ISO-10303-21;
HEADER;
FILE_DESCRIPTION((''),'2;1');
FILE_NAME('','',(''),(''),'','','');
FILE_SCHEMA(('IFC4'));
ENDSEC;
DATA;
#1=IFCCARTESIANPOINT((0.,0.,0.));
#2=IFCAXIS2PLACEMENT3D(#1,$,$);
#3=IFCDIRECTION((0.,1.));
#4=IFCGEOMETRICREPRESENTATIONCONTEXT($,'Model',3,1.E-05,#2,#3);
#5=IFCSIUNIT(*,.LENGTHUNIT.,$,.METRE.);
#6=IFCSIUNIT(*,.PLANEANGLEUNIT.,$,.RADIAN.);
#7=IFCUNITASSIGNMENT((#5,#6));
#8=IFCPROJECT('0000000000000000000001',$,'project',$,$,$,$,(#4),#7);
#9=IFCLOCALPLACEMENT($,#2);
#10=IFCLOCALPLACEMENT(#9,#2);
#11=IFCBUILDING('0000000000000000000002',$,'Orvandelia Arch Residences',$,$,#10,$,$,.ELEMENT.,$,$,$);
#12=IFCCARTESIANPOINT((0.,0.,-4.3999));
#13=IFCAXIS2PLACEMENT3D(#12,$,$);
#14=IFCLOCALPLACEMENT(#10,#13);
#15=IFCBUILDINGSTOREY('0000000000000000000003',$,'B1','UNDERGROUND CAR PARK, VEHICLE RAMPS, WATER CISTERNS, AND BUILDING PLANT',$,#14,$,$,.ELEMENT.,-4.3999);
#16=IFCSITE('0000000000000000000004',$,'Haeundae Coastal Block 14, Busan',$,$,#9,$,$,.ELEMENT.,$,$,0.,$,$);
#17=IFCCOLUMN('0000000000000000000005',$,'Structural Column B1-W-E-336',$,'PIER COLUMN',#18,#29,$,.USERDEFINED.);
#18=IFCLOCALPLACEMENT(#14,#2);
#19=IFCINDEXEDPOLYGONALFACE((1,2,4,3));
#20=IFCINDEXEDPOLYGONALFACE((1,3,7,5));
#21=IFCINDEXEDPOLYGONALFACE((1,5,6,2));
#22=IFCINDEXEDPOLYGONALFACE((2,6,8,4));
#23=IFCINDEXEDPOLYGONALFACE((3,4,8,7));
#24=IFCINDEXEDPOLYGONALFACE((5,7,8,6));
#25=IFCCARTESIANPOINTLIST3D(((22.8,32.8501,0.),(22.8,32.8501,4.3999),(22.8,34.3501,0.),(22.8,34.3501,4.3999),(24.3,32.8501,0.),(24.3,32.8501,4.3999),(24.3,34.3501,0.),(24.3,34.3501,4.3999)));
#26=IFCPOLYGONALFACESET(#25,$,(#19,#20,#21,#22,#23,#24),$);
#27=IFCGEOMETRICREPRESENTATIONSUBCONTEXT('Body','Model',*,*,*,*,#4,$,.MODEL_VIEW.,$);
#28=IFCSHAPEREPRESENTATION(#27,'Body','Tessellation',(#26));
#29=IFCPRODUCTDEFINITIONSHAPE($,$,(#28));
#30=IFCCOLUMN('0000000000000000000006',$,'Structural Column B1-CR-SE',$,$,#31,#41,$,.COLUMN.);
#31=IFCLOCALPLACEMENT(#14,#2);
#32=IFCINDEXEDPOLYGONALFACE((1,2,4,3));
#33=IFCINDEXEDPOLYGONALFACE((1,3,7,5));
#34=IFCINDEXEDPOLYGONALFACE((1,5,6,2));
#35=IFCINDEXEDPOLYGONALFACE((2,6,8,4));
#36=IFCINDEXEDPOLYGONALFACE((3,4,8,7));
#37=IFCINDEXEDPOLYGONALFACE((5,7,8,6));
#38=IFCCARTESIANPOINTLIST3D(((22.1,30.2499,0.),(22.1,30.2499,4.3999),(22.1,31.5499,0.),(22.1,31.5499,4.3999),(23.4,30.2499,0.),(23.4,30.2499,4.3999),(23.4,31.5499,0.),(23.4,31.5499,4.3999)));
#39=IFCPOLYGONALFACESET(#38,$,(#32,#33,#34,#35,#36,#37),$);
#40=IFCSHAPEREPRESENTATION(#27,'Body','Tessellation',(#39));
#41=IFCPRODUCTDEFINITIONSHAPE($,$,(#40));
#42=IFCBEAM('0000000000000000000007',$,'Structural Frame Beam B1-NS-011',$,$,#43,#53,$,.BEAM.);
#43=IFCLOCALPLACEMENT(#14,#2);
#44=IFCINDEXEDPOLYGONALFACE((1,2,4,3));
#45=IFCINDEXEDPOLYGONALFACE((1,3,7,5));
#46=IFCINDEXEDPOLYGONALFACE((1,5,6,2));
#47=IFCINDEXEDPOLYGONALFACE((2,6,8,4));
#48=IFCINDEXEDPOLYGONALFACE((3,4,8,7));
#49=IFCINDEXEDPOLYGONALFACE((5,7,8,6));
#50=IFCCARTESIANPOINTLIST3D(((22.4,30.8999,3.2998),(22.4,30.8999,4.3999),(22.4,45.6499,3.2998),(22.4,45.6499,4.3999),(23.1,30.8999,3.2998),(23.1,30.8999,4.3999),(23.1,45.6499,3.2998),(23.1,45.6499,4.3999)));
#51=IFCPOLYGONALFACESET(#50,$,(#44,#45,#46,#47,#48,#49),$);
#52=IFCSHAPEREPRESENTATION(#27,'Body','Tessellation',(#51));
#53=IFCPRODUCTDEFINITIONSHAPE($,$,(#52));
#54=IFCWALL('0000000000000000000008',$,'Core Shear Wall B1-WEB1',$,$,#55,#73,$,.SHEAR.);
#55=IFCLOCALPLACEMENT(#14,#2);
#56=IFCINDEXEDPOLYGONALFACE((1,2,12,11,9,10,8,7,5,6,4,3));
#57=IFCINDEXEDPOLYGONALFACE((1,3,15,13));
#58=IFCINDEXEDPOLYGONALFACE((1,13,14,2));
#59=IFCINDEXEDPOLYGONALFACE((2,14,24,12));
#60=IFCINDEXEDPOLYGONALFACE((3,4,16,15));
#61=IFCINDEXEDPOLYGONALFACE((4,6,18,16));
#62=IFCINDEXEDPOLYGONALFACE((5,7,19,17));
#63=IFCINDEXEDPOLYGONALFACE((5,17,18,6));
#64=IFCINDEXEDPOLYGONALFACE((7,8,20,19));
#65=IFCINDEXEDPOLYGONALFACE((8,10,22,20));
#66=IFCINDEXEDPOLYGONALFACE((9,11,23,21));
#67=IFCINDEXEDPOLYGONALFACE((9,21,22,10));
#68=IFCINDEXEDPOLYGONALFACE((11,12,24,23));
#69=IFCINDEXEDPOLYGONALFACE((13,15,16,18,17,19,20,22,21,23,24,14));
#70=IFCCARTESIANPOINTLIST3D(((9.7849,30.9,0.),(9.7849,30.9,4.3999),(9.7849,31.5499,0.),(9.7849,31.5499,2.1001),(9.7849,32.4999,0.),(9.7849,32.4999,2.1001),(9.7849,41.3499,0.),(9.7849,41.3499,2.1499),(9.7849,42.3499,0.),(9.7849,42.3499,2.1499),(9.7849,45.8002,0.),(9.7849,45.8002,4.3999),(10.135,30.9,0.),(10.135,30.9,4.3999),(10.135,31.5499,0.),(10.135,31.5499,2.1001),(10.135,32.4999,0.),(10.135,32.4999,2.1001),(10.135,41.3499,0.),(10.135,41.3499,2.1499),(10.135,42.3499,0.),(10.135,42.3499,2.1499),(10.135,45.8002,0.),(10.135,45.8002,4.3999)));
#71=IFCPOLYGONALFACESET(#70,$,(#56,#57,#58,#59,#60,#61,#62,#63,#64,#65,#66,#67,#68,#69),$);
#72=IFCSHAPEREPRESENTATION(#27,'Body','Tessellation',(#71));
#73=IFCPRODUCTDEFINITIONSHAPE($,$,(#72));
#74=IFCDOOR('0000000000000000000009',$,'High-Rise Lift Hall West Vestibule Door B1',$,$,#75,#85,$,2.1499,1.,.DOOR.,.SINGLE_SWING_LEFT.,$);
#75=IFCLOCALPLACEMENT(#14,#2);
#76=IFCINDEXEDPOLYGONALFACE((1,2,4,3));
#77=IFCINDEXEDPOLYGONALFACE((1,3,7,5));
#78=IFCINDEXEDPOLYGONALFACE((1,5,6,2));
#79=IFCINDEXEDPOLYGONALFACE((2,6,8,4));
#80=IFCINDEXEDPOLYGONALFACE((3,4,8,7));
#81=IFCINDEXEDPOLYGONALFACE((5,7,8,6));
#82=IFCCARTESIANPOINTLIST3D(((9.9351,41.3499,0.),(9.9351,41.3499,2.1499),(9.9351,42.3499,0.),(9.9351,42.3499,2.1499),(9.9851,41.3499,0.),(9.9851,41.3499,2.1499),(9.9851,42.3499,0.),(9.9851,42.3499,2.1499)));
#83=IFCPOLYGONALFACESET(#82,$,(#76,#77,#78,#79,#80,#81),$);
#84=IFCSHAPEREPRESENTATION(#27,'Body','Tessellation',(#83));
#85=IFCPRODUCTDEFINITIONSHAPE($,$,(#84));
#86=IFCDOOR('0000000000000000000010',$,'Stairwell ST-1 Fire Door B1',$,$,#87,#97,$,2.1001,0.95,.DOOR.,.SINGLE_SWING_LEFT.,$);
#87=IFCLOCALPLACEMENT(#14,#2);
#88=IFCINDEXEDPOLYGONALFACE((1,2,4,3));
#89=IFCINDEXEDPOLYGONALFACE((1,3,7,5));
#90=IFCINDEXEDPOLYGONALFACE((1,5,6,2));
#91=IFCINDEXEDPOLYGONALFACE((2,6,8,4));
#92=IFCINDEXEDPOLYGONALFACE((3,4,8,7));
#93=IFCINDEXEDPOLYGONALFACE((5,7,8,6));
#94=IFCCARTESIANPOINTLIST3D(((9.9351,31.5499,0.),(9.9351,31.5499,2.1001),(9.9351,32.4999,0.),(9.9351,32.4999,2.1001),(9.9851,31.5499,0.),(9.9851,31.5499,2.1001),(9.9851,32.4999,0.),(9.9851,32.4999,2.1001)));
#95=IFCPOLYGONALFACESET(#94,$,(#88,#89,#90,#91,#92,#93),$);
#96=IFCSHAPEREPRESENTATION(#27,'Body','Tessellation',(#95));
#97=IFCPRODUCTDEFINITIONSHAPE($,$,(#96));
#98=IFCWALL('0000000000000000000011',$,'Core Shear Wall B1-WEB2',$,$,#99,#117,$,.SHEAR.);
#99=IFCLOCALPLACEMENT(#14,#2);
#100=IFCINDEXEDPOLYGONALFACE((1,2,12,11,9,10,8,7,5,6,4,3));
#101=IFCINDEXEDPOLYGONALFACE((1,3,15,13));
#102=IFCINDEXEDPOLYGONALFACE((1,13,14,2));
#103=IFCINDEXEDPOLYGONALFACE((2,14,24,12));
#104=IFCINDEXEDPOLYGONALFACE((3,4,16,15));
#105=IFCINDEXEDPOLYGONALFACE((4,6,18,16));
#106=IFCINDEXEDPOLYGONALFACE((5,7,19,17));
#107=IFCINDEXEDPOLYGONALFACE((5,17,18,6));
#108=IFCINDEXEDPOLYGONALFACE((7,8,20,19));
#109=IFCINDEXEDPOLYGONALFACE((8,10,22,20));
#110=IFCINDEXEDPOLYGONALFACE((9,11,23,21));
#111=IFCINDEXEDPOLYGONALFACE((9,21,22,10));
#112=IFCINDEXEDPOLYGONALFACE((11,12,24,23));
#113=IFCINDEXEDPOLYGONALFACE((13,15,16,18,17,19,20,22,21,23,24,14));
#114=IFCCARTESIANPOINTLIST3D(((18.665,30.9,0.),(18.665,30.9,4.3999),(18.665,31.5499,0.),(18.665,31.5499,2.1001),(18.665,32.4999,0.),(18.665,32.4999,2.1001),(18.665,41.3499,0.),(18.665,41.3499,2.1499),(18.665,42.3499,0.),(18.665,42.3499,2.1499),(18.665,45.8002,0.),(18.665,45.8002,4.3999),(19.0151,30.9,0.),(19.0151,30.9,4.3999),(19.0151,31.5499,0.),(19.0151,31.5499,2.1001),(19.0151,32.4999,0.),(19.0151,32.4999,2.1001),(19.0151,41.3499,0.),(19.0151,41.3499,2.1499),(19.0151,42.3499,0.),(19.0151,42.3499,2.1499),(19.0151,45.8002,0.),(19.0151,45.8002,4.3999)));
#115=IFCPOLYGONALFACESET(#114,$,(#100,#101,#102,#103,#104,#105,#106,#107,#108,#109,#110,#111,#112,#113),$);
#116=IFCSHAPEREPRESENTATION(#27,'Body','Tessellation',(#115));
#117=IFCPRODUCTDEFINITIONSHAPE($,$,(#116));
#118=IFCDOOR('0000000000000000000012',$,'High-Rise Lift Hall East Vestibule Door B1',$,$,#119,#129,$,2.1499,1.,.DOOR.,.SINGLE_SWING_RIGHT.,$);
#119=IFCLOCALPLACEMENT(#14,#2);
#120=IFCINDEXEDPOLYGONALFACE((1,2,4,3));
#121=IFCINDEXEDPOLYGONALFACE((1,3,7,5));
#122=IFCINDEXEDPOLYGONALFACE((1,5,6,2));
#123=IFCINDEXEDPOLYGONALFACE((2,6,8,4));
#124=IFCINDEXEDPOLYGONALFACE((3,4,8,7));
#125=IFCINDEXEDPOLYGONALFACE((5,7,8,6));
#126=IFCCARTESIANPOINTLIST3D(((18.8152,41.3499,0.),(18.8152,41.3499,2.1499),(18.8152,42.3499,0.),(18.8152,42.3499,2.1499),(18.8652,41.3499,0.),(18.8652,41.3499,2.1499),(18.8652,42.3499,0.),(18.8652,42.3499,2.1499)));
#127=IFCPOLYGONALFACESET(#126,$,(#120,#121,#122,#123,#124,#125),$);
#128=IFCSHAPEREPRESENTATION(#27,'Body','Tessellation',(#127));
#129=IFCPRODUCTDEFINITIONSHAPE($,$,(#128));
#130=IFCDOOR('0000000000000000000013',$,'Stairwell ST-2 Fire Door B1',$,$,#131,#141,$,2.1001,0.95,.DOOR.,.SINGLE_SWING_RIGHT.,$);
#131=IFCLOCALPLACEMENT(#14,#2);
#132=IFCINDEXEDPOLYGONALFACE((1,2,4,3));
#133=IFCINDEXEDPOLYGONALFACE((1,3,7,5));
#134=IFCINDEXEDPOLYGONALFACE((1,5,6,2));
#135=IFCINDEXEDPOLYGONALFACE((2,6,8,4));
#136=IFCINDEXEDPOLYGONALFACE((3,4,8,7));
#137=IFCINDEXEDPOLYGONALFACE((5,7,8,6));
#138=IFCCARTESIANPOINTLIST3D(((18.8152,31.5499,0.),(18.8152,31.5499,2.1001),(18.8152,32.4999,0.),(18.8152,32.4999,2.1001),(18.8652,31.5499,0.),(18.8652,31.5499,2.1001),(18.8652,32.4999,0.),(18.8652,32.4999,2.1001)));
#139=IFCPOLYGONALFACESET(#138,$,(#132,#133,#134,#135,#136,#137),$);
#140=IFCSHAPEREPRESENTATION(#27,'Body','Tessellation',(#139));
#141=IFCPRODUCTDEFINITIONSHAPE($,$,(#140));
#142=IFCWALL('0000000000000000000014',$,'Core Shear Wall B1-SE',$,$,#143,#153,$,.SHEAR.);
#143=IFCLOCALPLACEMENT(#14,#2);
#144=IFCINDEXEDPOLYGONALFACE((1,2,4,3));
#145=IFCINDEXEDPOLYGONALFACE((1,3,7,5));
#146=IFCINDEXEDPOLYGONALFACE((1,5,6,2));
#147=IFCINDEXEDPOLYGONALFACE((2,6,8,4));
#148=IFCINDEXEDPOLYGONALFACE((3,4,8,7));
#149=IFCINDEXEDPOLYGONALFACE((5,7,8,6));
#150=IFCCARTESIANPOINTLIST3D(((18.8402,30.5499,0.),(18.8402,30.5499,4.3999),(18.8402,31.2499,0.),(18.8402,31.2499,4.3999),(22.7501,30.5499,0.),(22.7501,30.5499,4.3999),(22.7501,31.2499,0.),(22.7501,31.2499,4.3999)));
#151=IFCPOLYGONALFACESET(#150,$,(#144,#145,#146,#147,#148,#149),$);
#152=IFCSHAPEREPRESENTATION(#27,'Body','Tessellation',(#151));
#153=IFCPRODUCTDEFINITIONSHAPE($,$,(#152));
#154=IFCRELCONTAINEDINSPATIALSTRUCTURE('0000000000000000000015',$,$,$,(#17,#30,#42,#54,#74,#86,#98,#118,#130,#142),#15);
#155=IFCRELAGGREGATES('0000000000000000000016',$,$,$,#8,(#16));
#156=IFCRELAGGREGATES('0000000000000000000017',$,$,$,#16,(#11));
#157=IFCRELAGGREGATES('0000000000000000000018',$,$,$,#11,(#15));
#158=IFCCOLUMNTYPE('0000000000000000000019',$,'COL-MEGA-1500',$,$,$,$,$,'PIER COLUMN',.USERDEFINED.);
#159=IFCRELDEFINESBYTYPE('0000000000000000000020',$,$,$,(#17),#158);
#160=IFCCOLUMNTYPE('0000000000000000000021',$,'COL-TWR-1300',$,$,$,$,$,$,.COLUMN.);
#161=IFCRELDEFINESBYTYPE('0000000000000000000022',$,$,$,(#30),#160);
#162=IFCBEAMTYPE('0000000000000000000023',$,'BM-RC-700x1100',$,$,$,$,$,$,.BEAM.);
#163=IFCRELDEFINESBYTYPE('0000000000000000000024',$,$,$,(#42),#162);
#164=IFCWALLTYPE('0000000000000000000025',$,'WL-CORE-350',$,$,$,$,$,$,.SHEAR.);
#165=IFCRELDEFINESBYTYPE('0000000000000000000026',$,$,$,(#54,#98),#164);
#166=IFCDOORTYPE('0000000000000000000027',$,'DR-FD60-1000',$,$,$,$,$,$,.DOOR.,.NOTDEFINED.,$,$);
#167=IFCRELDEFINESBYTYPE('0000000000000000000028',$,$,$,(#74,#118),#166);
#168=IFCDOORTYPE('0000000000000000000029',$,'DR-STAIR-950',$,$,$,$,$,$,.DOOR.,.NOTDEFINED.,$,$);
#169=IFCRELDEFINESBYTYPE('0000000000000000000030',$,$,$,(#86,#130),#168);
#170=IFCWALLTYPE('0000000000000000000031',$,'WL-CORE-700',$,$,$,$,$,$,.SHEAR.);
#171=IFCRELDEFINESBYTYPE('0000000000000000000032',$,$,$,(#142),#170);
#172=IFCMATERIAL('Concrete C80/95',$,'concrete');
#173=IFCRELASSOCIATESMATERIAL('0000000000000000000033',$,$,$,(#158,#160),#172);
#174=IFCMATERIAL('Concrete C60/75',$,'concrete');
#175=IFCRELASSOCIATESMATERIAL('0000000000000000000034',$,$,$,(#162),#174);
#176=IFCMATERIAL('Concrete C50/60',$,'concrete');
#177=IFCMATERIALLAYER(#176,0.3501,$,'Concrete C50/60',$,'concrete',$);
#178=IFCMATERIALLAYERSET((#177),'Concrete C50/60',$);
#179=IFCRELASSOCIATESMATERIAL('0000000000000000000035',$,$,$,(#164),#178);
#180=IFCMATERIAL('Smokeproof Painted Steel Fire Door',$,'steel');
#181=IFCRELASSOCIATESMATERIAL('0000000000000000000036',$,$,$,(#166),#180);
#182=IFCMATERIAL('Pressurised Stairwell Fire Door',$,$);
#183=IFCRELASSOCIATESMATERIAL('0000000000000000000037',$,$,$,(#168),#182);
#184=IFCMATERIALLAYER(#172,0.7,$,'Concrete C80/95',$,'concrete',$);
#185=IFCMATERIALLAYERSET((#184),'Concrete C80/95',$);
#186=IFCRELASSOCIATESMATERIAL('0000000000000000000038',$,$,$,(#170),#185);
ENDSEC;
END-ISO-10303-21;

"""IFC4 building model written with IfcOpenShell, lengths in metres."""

from ifc_helpers import new_model, si_unit, direction, frame, frame_2d, origin, origin_2d, place, context, subcontext, project, spatial, rectangle, extrude, material, layer, layer_set, material_profile, profile_set, type_object, element, fill, save


model = new_model("IFC4")

# Units and contexts
model_context = context("Model", 3, precision=1e-05, world=origin(), true_north=direction((0.0, 1.0)))
body_context = subcontext(model_context, "Body", "Model", "MODEL_VIEW")
ifc_project = project(units=[si_unit("LENGTHUNIT", "METRE"), si_unit("PLANEANGLEUNIT", "RADIAN")], contexts=[model_context])

# Site, building, storey
site_placement = place(None, origin())
site = spatial("IfcSite", under=ifc_project, at=site_placement, Name="Haeundae Coastal Block 14, Busan", CompositionType="ELEMENT", RefElevation=0.0)
building_placement = place(site_placement, origin())
building = spatial("IfcBuilding", under=site, at=building_placement, Name="Orvandelia Arch Residences", CompositionType="ELEMENT")
storey_placement = place(building_placement, frame((0.0, 0.0, -4.3999)))
storey = spatial("IfcBuildingStorey", under=building, at=storey_placement, Name="B1", Description="UNDERGROUND CAR PARK, VEHICLE RAMPS, WATER CISTERNS, AND BUILDING PLANT", CompositionType="ELEMENT", Elevation=-4.3999)

# Columns
ifc_material_1 = material(Name="Concrete C80/95", Category="concrete")
ifc_material_profile_1 = material_profile(ifc_material_1, rectangle(XDim=1.5, YDim=1.5, at=origin_2d()), Name="Concrete C80/95", Category="concrete")
ifc_profile_set_1 = profile_set([ifc_material_profile_1], Name="Concrete C80/95")
column_type_1 = type_object("IfcColumnType", Name="COL-MEGA-1500", ElementType="PIER COLUMN", PredefinedType="USERDEFINED", material=ifc_profile_set_1)
column_1_placement = place(storey_placement, frame((23.55, 33.6001, 0.0), z_axis=(0.0, 0.0, 1.0), x_axis=(1.0, 0.0, 0.0)))
element("IfcColumn", 1, at=column_1_placement, inside=storey, type_object=column_type_1, Name="Structural Column B1-W-E-336", ObjectType="PIER COLUMN", PredefinedType="USERDEFINED", context=body_context, shape_type="SweptSolid", body=[
    extrude(rectangle(XDim=1.5, YDim=1.5, at=origin_2d()), origin(), (0.0, 0.0, 1.0), 4.3999),
])
ifc_material_profile_2 = material_profile(ifc_material_1, rectangle(XDim=1.3, YDim=1.3, at=origin_2d()), Name="Concrete C80/95", Category="concrete")
ifc_profile_set_2 = profile_set([ifc_material_profile_2], Name="Concrete C80/95")
column_type_2 = type_object("IfcColumnType", Name="COL-TWR-1300", PredefinedType="COLUMN", material=ifc_profile_set_2)
column_2_placement = place(storey_placement, frame((22.75, 30.8999, 0.0), z_axis=(0.0, 0.0, 1.0), x_axis=(1.0, 0.0, 0.0)))
element("IfcColumn", 2, at=column_2_placement, inside=storey, type_object=column_type_2, Name="Structural Column B1-CR-SE", PredefinedType="COLUMN", context=body_context, shape_type="SweptSolid", body=[
    extrude(rectangle(XDim=1.3, YDim=1.3, at=origin_2d()), origin(), (0.0, 0.0, 1.0), 4.3999),
])

# Beam
ifc_material_2 = material(Name="Concrete C60/75", Category="concrete")
ifc_material_profile_3 = material_profile(ifc_material_2, rectangle(XDim=0.7, YDim=1.1001, at=origin_2d()), Name="Concrete C60/75", Category="concrete")
ifc_profile_set_3 = profile_set([ifc_material_profile_3], Name="Concrete C60/75")
beam_type = type_object("IfcBeamType", Name="BM-RC-700x1100", PredefinedType="BEAM", material=ifc_profile_set_3)
beam_placement = place(storey_placement, frame((22.75, 30.8999, 3.8499), z_axis=(0.0, 1.0, 0.0), x_axis=(-1.0, 0.0, 0.0)))
element("IfcBeam", 3, at=beam_placement, inside=storey, type_object=beam_type, Name="Structural Frame Beam B1-NS-011", PredefinedType="BEAM", context=body_context, shape_type="SweptSolid", body=[
    extrude(rectangle(XDim=0.7, YDim=1.1001, at=origin_2d()), origin(), (0.0, 0.0, 1.0), 14.75),
])

# Walls, openings, doors
ifc_material_3 = material(Name="Concrete C50/60", Category="concrete")
ifc_layer_1 = layer(ifc_material_3, 0.3501, Name="Concrete C50/60", Category="concrete")
ifc_layer_set_1 = layer_set([ifc_layer_1], Name="Concrete C50/60")
wall_type_1 = type_object("IfcWallType", Name="WL-CORE-350", PredefinedType="SHEAR", material=ifc_layer_set_1)
wall_1_placement = place(storey_placement, frame((9.96, 30.8999, 0.0), z_axis=(0.0, 0.0, 1.0), x_axis=(0.0, 1.0, 0.0)))
wall_1 = element("IfcWall", 4, at=wall_1_placement, inside=storey, type_object=wall_type_1, Name="Core Shear Wall B1-WEB1", PredefinedType="SHEAR", context=body_context, shape_type="SweptSolid", body=[
    extrude(rectangle(XDim=14.9001, YDim=0.3501, at=frame_2d((7.4502, 0.0))), origin(), (0.0, 0.0, 1.0), 4.3999),
])
opening_1_placement = place(wall_1_placement, frame((0.6499, 0.0, 0.0)))
opening_1 = element("IfcOpeningElement", 5, at=opening_1_placement, cuts=wall_1, PredefinedType="OPENING", context=body_context, shape_type="SweptSolid", body=[
    extrude(rectangle(XDim=0.95, YDim=2.1001, at=frame_2d((0.4751, 1.05))), frame((0.0, 0.1851, 0.0), z_axis=(0.0, -1.0, 0.0), x_axis=(1.0, 0.0, 0.0)), (0.0, 0.0, 1.0), 0.3701),
])
opening_2_placement = place(wall_1_placement, frame((10.45, 0.0, 0.0)))
opening_2 = element("IfcOpeningElement", 6, at=opening_2_placement, cuts=wall_1, PredefinedType="OPENING", context=body_context, shape_type="SweptSolid", body=[
    extrude(rectangle(XDim=1.0, YDim=2.1499, at=frame_2d((0.5, 1.075))), frame((0.0, 0.1851, 0.0), z_axis=(0.0, -1.0, 0.0), x_axis=(1.0, 0.0, 0.0)), (0.0, 0.0, 1.0), 0.3701),
])
ifc_material_4 = material(Name="Smokeproof Painted Steel Fire Door", Category="steel")
door_type_1 = type_object("IfcDoorType", Name="DR-FD60-1000", OperationType="NOTDEFINED", PredefinedType="DOOR", material=ifc_material_4)
door_1_placement = place(opening_2_placement, origin())
door_1 = element("IfcDoor", 7, at=door_1_placement, inside=storey, type_object=door_type_1, Name="High-Rise Lift Hall West Vestibule Door B1", OperationType="SINGLE_SWING_LEFT", OverallHeight=2.1499, OverallWidth=1.0, PredefinedType="DOOR", context=body_context, shape_type="SweptSolid", body=[
    extrude(rectangle(XDim=1.0, YDim=2.1499, at=frame_2d((0.5, 1.075))), frame((0.0, 0.0249, 0.0), z_axis=(0.0, -1.0, 0.0), x_axis=(1.0, 0.0, 0.0)), (0.0, 0.0, 1.0), 0.05),
])
fill(opening_2, door_1)
ifc_material_5 = material(Name="Pressurised Stairwell Fire Door")
door_type_2 = type_object("IfcDoorType", Name="DR-STAIR-950", OperationType="NOTDEFINED", PredefinedType="DOOR", material=ifc_material_5)
door_2_placement = place(opening_1_placement, origin())
door_2 = element("IfcDoor", 8, at=door_2_placement, inside=storey, type_object=door_type_2, Name="Stairwell ST-1 Fire Door B1", OperationType="SINGLE_SWING_LEFT", OverallHeight=2.1001, OverallWidth=0.95, PredefinedType="DOOR", context=body_context, shape_type="SweptSolid", body=[
    extrude(rectangle(XDim=0.95, YDim=2.1001, at=frame_2d((0.4751, 1.05))), frame((0.0, 0.0249, 0.0), z_axis=(0.0, -1.0, 0.0), x_axis=(1.0, 0.0, 0.0)), (0.0, 0.0, 1.0), 0.05),
])
fill(opening_1, door_2)
wall_2_placement = place(storey_placement, frame((18.8401, 30.8999, 0.0), z_axis=(0.0, 0.0, 1.0), x_axis=(0.0, 1.0, 0.0)))
wall_2 = element("IfcWall", 9, at=wall_2_placement, inside=storey, type_object=wall_type_1, Name="Core Shear Wall B1-WEB2", PredefinedType="SHEAR", context=body_context, shape_type="SweptSolid", body=[
    extrude(rectangle(XDim=14.9001, YDim=0.3501, at=frame_2d((7.4502, 0.0))), origin(), (0.0, 0.0, 1.0), 4.3999),
])
opening_3_placement = place(wall_2_placement, frame((0.6499, 0.0, 0.0)))
opening_3 = element("IfcOpeningElement", 10, at=opening_3_placement, cuts=wall_2, PredefinedType="OPENING", context=body_context, shape_type="SweptSolid", body=[
    extrude(rectangle(XDim=0.95, YDim=2.1001, at=frame_2d((0.4751, 1.05))), frame((0.0, 0.1851, 0.0), z_axis=(0.0, -1.0, 0.0), x_axis=(1.0, 0.0, 0.0)), (0.0, 0.0, 1.0), 0.3701),
])
opening_4_placement = place(wall_2_placement, frame((10.45, 0.0, 0.0)))
opening_4 = element("IfcOpeningElement", 11, at=opening_4_placement, cuts=wall_2, PredefinedType="OPENING", context=body_context, shape_type="SweptSolid", body=[
    extrude(rectangle(XDim=1.0, YDim=2.1499, at=frame_2d((0.5, 1.075))), frame((0.0, 0.1851, 0.0), z_axis=(0.0, -1.0, 0.0), x_axis=(1.0, 0.0, 0.0)), (0.0, 0.0, 1.0), 0.3701),
])
door_3_placement = place(opening_4_placement, origin())
door_3 = element("IfcDoor", 12, at=door_3_placement, inside=storey, type_object=door_type_1, Name="High-Rise Lift Hall East Vestibule Door B1", OperationType="SINGLE_SWING_RIGHT", OverallHeight=2.1499, OverallWidth=1.0, PredefinedType="DOOR", context=body_context, shape_type="SweptSolid", body=[
    extrude(rectangle(XDim=1.0, YDim=2.1499, at=frame_2d((0.5, 1.075))), frame((0.0, 0.0249, 0.0), z_axis=(0.0, -1.0, 0.0), x_axis=(1.0, 0.0, 0.0)), (0.0, 0.0, 1.0), 0.05),
])
fill(opening_4, door_3)
door_4_placement = place(opening_3_placement, origin())
door_4 = element("IfcDoor", 13, at=door_4_placement, inside=storey, type_object=door_type_2, Name="Stairwell ST-2 Fire Door B1", OperationType="SINGLE_SWING_RIGHT", OverallHeight=2.1001, OverallWidth=0.95, PredefinedType="DOOR", context=body_context, shape_type="SweptSolid", body=[
    extrude(rectangle(XDim=0.95, YDim=2.1001, at=frame_2d((0.4751, 1.05))), frame((0.0, 0.0249, 0.0), z_axis=(0.0, -1.0, 0.0), x_axis=(1.0, 0.0, 0.0)), (0.0, 0.0, 1.0), 0.05),
])
fill(opening_3, door_4)

# Wall
ifc_layer_2 = layer(ifc_material_1, 0.7, Name="Concrete C80/95", Category="concrete")
ifc_layer_set_2 = layer_set([ifc_layer_2], Name="Concrete C80/95")
wall_type_2 = type_object("IfcWallType", Name="WL-CORE-700", PredefinedType="SHEAR", material=ifc_layer_set_2)
wall_3_placement = place(storey_placement, frame((18.8401, 30.8999, 0.0), z_axis=(0.0, 0.0, 1.0), x_axis=(1.0, 0.0, 0.0)))
element("IfcWall", 14, at=wall_3_placement, inside=storey, type_object=wall_type_2, Name="Core Shear Wall B1-SE", PredefinedType="SHEAR", context=body_context, shape_type="SweptSolid", body=[
    extrude(rectangle(XDim=3.9099, YDim=0.7, at=frame_2d((1.9551, 0.0))), origin(), (0.0, 0.0, 1.0), 4.3999),
])

save(model, "model.ifc")
